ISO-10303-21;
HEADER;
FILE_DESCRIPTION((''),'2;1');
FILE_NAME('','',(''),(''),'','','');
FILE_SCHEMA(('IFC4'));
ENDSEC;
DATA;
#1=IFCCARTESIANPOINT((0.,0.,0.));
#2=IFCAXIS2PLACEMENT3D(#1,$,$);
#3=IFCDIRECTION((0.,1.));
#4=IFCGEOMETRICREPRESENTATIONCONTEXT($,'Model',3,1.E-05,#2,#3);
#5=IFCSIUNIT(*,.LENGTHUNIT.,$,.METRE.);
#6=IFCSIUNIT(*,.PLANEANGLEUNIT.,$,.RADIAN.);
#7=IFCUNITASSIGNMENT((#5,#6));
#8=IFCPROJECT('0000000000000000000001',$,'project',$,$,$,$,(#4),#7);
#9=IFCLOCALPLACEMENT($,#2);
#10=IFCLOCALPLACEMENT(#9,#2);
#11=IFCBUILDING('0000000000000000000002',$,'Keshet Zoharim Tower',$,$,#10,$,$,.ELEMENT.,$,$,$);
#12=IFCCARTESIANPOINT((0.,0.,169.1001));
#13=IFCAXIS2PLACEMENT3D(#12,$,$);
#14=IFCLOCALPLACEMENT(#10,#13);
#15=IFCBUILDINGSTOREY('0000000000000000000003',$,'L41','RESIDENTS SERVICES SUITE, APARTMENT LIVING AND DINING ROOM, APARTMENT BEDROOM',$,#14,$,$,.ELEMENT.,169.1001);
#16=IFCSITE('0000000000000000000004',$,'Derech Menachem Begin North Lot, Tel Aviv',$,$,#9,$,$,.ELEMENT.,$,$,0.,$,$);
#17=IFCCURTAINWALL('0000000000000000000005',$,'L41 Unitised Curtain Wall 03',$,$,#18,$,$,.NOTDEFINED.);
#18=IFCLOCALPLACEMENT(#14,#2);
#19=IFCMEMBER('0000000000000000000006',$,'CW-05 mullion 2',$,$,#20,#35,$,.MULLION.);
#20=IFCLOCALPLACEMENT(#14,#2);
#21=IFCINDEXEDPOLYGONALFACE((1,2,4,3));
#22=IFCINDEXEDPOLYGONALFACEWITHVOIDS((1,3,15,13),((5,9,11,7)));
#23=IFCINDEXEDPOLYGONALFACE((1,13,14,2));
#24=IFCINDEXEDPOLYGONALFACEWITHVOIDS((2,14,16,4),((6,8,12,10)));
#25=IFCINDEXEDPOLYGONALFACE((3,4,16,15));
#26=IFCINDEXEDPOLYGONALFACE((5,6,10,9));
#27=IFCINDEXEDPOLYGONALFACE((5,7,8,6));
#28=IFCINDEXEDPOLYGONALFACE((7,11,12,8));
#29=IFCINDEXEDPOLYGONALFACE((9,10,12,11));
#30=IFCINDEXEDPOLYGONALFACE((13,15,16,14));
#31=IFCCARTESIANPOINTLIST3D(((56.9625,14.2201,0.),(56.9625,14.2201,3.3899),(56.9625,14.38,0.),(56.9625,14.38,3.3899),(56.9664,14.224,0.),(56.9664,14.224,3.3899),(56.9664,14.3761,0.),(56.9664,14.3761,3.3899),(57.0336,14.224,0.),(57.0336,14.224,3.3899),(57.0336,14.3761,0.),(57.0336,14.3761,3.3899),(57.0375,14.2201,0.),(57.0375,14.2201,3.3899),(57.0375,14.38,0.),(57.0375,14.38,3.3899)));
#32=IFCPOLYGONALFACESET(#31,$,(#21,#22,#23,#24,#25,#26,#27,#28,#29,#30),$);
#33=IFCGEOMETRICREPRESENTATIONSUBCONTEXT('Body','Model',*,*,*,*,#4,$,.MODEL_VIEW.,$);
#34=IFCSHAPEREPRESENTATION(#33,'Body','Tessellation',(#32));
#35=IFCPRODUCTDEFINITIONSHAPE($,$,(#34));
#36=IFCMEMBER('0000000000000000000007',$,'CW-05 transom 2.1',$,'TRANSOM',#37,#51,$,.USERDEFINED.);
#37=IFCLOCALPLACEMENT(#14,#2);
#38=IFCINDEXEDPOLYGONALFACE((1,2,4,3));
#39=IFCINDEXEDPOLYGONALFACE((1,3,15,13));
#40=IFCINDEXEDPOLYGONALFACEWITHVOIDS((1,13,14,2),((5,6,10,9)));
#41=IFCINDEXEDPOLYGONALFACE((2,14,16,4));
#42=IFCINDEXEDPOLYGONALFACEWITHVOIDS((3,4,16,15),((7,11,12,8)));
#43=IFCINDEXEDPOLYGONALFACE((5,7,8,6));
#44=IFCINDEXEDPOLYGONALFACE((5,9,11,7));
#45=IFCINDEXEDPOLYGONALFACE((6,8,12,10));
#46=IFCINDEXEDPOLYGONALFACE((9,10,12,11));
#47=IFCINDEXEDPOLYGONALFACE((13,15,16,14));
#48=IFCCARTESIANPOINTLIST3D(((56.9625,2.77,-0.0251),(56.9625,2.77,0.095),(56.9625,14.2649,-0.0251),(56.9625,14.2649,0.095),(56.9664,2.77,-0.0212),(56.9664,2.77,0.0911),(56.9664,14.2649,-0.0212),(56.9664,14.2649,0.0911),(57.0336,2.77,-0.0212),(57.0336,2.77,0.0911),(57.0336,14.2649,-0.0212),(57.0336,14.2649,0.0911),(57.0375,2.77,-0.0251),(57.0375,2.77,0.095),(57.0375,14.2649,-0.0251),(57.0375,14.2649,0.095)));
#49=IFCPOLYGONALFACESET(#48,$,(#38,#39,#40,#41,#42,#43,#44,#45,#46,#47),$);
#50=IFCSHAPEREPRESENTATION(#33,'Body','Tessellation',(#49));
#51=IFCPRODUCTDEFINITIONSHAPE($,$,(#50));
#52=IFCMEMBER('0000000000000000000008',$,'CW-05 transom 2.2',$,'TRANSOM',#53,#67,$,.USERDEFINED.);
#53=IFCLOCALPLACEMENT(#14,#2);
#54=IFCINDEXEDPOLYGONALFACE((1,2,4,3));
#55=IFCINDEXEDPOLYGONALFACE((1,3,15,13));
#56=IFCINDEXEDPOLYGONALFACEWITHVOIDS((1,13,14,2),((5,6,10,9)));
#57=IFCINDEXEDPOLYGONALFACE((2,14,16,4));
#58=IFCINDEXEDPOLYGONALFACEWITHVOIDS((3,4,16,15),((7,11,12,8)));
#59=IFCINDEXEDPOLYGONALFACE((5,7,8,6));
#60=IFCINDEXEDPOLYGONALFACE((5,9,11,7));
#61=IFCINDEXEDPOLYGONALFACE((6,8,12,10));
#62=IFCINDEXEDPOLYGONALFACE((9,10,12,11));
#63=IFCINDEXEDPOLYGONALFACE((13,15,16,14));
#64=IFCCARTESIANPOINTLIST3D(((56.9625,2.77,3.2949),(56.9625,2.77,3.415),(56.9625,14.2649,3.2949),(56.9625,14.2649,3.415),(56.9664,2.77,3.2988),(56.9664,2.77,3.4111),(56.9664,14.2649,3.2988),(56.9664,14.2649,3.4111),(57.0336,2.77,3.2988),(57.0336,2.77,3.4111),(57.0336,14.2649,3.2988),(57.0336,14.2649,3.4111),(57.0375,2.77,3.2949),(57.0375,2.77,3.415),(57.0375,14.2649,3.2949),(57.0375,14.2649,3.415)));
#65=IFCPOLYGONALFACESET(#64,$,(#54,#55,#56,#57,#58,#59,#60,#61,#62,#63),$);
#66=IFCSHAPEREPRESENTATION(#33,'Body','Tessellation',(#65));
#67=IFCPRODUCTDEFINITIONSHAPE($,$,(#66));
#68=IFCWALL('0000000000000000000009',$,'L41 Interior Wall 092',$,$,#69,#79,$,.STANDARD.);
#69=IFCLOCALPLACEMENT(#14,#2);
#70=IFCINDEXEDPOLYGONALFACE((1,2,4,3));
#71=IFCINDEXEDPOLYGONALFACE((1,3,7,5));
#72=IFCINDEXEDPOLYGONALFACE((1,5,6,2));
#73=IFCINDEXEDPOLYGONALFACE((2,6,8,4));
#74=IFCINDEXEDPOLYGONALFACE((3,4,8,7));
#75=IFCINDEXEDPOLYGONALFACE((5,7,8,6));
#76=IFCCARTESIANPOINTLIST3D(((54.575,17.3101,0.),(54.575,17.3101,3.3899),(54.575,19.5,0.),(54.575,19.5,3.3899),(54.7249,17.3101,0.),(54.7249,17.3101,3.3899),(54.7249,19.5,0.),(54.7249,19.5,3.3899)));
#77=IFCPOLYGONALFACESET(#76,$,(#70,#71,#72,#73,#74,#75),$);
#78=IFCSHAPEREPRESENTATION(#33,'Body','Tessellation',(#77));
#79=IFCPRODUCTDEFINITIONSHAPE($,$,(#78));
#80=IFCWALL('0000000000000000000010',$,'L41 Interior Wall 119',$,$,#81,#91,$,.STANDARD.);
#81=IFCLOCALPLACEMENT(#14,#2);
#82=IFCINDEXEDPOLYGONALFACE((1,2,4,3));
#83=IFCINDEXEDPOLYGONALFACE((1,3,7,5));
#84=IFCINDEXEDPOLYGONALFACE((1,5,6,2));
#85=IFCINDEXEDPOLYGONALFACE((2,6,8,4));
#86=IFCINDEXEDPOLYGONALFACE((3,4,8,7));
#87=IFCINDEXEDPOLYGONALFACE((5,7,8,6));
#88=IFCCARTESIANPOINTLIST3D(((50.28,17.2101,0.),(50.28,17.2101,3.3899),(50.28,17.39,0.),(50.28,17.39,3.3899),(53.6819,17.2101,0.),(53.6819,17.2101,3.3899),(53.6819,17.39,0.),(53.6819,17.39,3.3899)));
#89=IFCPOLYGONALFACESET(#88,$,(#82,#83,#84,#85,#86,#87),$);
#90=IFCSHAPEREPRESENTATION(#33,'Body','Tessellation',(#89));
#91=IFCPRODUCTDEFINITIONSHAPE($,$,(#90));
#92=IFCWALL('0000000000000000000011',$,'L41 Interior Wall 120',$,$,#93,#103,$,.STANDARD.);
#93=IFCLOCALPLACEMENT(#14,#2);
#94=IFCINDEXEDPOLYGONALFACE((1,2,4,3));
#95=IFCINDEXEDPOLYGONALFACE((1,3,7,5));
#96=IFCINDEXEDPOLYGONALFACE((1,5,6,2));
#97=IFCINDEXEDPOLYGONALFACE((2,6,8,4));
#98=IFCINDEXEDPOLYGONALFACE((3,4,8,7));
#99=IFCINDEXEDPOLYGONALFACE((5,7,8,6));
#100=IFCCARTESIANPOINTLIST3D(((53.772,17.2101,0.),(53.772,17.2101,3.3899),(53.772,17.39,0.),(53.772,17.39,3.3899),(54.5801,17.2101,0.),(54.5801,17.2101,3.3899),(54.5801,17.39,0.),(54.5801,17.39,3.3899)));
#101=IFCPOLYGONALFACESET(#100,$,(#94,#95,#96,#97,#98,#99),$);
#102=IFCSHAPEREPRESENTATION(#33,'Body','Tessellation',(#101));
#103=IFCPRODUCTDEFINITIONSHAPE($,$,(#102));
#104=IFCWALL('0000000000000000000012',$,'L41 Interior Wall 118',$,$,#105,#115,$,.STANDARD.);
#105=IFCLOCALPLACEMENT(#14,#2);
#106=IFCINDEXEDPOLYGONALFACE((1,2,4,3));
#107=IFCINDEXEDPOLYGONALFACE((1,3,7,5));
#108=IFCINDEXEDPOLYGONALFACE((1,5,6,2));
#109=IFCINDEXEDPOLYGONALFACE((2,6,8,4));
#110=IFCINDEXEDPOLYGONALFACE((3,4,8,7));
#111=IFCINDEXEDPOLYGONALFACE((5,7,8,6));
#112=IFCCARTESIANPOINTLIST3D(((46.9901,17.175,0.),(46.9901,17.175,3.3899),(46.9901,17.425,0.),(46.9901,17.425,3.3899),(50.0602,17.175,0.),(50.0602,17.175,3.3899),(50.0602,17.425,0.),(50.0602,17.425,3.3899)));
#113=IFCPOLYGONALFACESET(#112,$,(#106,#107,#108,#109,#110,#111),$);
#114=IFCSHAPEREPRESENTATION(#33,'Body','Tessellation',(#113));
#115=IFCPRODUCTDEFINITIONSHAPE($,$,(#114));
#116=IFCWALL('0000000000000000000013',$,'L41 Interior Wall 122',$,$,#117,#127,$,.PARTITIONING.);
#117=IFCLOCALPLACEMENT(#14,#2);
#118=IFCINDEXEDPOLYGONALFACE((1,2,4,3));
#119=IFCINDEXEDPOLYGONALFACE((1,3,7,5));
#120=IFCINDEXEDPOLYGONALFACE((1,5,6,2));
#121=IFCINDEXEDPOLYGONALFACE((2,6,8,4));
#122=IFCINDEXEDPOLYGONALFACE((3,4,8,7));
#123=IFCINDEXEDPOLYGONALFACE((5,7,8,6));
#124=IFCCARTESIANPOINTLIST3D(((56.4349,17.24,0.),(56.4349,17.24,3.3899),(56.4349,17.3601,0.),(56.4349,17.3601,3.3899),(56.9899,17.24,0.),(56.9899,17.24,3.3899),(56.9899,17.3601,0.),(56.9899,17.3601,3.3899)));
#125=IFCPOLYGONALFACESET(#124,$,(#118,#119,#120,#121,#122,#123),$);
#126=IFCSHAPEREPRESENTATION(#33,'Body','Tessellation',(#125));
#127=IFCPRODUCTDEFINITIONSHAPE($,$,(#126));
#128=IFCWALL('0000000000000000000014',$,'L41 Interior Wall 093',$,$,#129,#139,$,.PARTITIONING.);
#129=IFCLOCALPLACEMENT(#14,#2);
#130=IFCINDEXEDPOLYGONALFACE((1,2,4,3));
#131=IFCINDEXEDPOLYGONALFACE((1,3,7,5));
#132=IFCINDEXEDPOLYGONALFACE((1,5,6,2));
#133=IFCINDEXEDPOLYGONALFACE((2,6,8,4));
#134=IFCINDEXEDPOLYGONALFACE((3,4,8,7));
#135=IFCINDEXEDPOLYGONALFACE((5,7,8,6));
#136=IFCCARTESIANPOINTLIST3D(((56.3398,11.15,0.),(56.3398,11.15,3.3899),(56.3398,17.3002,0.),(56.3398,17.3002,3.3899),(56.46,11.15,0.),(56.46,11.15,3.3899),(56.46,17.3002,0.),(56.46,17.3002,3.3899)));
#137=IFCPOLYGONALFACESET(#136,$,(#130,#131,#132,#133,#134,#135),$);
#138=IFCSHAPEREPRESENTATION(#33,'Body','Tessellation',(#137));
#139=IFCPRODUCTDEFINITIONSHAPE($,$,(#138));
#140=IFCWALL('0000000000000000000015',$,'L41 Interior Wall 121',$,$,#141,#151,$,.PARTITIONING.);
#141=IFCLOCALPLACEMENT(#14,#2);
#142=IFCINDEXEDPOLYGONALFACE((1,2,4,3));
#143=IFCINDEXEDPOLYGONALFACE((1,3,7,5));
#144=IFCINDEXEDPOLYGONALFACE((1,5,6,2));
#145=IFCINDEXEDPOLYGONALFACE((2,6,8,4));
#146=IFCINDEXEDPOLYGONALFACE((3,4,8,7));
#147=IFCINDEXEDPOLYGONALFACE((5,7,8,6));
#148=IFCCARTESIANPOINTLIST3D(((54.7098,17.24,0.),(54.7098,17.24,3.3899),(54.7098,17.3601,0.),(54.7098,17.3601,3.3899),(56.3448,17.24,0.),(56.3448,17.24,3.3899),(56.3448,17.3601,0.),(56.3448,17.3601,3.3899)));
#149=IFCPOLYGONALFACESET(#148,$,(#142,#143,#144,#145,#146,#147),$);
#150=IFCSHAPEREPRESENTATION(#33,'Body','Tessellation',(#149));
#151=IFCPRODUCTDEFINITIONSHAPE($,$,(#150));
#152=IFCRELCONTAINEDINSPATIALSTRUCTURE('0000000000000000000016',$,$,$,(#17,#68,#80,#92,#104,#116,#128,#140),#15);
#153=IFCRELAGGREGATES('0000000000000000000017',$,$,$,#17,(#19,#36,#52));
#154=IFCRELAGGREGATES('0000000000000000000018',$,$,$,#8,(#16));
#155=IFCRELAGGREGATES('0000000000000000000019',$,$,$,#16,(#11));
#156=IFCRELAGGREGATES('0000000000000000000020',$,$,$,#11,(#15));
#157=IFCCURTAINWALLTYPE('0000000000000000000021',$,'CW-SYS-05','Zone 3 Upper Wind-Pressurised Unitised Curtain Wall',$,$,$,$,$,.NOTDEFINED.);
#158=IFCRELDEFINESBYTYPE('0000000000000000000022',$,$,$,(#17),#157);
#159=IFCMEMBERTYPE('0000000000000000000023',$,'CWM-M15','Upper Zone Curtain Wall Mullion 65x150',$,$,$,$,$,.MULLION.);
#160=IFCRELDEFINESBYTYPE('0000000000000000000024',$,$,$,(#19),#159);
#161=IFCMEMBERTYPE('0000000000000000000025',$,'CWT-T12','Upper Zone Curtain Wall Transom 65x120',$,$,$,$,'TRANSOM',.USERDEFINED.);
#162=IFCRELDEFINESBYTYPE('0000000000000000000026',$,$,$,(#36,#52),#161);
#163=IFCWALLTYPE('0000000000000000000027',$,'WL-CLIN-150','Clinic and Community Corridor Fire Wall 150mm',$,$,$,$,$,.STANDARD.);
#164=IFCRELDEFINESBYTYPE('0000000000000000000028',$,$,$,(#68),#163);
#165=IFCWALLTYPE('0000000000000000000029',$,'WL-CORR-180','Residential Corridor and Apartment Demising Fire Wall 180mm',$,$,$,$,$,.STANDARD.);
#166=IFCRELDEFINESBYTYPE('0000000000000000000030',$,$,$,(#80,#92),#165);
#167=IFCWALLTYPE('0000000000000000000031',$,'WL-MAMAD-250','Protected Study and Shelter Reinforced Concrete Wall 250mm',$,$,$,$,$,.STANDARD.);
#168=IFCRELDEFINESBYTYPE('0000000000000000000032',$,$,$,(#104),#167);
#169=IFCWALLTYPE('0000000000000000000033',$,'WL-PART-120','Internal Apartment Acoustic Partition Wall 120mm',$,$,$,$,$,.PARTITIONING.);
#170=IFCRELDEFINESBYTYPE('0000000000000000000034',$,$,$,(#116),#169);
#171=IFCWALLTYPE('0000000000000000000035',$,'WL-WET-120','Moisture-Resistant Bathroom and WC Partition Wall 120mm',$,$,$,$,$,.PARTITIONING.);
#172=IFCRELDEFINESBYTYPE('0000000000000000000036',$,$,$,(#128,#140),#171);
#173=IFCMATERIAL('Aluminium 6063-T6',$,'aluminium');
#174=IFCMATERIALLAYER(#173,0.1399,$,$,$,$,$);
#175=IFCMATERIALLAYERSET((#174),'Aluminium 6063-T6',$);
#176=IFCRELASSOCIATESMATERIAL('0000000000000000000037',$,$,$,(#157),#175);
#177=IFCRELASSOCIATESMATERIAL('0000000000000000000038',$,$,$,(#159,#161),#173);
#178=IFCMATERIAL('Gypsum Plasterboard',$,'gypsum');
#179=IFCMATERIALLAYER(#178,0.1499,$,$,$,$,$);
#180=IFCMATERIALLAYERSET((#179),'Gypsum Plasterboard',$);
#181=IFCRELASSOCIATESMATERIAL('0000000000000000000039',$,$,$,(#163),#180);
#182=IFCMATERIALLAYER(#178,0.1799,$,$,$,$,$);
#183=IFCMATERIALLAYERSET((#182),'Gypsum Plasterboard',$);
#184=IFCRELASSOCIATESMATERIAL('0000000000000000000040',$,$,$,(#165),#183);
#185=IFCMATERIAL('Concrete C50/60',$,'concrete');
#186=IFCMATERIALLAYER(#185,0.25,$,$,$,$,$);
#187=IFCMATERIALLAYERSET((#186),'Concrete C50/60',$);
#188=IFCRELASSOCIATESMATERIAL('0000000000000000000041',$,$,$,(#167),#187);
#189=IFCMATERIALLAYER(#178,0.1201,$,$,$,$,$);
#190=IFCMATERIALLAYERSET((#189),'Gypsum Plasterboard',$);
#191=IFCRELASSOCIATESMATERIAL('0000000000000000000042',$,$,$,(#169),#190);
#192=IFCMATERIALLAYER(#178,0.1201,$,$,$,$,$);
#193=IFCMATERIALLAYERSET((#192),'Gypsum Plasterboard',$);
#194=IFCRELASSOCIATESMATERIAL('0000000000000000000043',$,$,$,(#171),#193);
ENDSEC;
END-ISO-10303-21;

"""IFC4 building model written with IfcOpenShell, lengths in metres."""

from ifc_helpers import new_model, si_unit, direction, frame, frame_2d, origin, origin_2d, place, context, subcontext, project, spatial, rectangle, hollow_rectangle, extrude, material, layer, layer_set, material_profile, profile_set, type_object, element, aggregate, save


model = new_model("IFC4")

# Units and contexts
model_context = context("Model", 3, precision=1e-05, world=origin(), true_north=direction((0.0, 1.0)))
body_context = subcontext(model_context, "Body", "Model", "MODEL_VIEW")
ifc_project = project(units=[si_unit("LENGTHUNIT", "METRE"), si_unit("PLANEANGLEUNIT", "RADIAN")], contexts=[model_context])

# Site, building, storey
site_placement = place(None, origin())
site = spatial("IfcSite", under=ifc_project, at=site_placement, Name="Derech Menachem Begin North Lot, Tel Aviv", CompositionType="ELEMENT", RefElevation=0.0)
building_placement = place(site_placement, origin())
building = spatial("IfcBuilding", under=site, at=building_placement, Name="Keshet Zoharim Tower", CompositionType="ELEMENT")
storey_placement = place(building_placement, frame((0.0, 0.0, 169.1001)))
storey = spatial("IfcBuildingStorey", under=building, at=storey_placement, Name="L41", Description="RESIDENTS SERVICES SUITE, APARTMENT LIVING AND DINING ROOM, APARTMENT BEDROOM", CompositionType="ELEMENT", Elevation=169.1001)

# Curtain wall, members
ifc_material_1 = material(Name="Aluminium 6063-T6", Category="aluminium")
ifc_layer_1 = layer(ifc_material_1, 0.1399)
ifc_layer_set_1 = layer_set([ifc_layer_1], Name="Aluminium 6063-T6")
curtain_wall_type = type_object("IfcCurtainWallType", Name="CW-SYS-05", Description="Zone 3 Upper Wind-Pressurised Unitised Curtain Wall", PredefinedType="NOTDEFINED", material=ifc_layer_set_1)
curtain_wall_placement = place(storey_placement, origin())
curtain_wall = element("IfcCurtainWall", 1, at=curtain_wall_placement, inside=storey, type_object=curtain_wall_type, Name="L41 Unitised Curtain Wall 03", PredefinedType="NOTDEFINED")
ifc_material_profile_1 = material_profile(ifc_material_1, hollow_rectangle(XDim=0.075, YDim=0.1599, WallThickness=0.0039, at=origin_2d()), Name="MUL-75x160")
ifc_profile_set_1 = profile_set([ifc_material_profile_1], Name="Aluminium 6063-T6")
member_type_1 = type_object("IfcMemberType", Name="CWM-M15", Description="Upper Zone Curtain Wall Mullion 65x150", PredefinedType="MULLION", material=ifc_profile_set_1)
member_1_placement = place(storey_placement, frame((57.0, 14.3, 0.0), z_axis=(0.0, 0.0, 1.0), x_axis=(1.0, 0.0, 0.0)))
member_1 = element("IfcMember", 2, at=member_1_placement, type_object=member_type_1, Name="CW-05 mullion 2", PredefinedType="MULLION", context=body_context, shape_type="SweptSolid", body=[
    extrude(hollow_rectangle(XDim=0.075, YDim=0.1599, WallThickness=0.0039, at=origin_2d()), origin(), (0.0, 0.0, 1.0), 3.3899),
])
ifc_material_profile_2 = material_profile(ifc_material_1, hollow_rectangle(XDim=0.075, YDim=0.1201, WallThickness=0.0039, at=origin_2d()), Name="TRN-75x120")
ifc_profile_set_2 = profile_set([ifc_material_profile_2], Name="Aluminium 6063-T6")
member_type_2 = type_object("IfcMemberType", Name="CWT-T12", Description="Upper Zone Curtain Wall Transom 65x120", ElementType="TRANSOM", PredefinedType="USERDEFINED", material=ifc_profile_set_2)
member_2_placement = place(storey_placement, frame((57.0, 14.2649, 0.0349), z_axis=(0.0, -1.0, 0.0), x_axis=(1.0, 0.0, 0.0)))
member_2 = element("IfcMember", 3, at=member_2_placement, type_object=member_type_2, Name="CW-05 transom 2.1", ObjectType="TRANSOM", PredefinedType="USERDEFINED", context=body_context, shape_type="SweptSolid", body=[
    extrude(hollow_rectangle(XDim=0.075, YDim=0.1201, WallThickness=0.0039, at=origin_2d()), origin(), (0.0, 0.0, 1.0), 11.4949),
])
member_3_placement = place(storey_placement, frame((57.0, 14.2649, 3.355), z_axis=(0.0, -1.0, 0.0), x_axis=(1.0, 0.0, 0.0)))
member_3 = element("IfcMember", 4, at=member_3_placement, type_object=member_type_2, Name="CW-05 transom 2.2", ObjectType="TRANSOM", PredefinedType="USERDEFINED", context=body_context, shape_type="SweptSolid", body=[
    extrude(hollow_rectangle(XDim=0.075, YDim=0.1201, WallThickness=0.0039, at=origin_2d()), origin(), (0.0, 0.0, 1.0), 11.4949),
])
aggregate(curtain_wall, [member_1, member_2, member_3])

# Walls
ifc_material_2 = material(Name="Gypsum Plasterboard", Category="gypsum")
ifc_layer_2 = layer(ifc_material_2, 0.1499)
ifc_layer_set_2 = layer_set([ifc_layer_2], Name="Gypsum Plasterboard")
wall_type_1 = type_object("IfcWallType", Name="WL-CLIN-150", Description="Clinic and Community Corridor Fire Wall 150mm", PredefinedType="STANDARD", material=ifc_layer_set_2)
wall_1_placement = place(storey_placement, frame((54.6499, 17.3101, 0.0), z_axis=(0.0, 0.0, 1.0), x_axis=(0.0, 1.0, 0.0)))
element("IfcWall", 5, at=wall_1_placement, inside=storey, type_object=wall_type_1, Name="L41 Interior Wall 092", PredefinedType="STANDARD", context=body_context, shape_type="SweptSolid", body=[
    extrude(rectangle(XDim=2.1899, YDim=0.1499, at=frame_2d((1.095, 0.0))), origin(), (0.0, 0.0, 1.0), 3.3899),
])
ifc_layer_3 = layer(ifc_material_2, 0.1799)
ifc_layer_set_3 = layer_set([ifc_layer_3], Name="Gypsum Plasterboard")
wall_type_2 = type_object("IfcWallType", Name="WL-CORR-180", Description="Residential Corridor and Apartment Demising Fire Wall 180mm", PredefinedType="STANDARD", material=ifc_layer_set_3)
wall_2_placement = place(storey_placement, frame((50.28, 17.3, 0.0), z_axis=(0.0, 0.0, 1.0), x_axis=(1.0, 0.0, 0.0)))
element("IfcWall", 6, at=wall_2_placement, inside=storey, type_object=wall_type_2, Name="L41 Interior Wall 119", PredefinedType="STANDARD", context=body_context, shape_type="SweptSolid", body=[
    extrude(rectangle(XDim=3.4019, YDim=0.1799, at=frame_2d((1.7009, 0.0))), origin(), (0.0, 0.0, 1.0), 3.3899),
])
wall_3_placement = place(storey_placement, frame((53.772, 17.3, 0.0), z_axis=(0.0, 0.0, 1.0), x_axis=(1.0, 0.0, 0.0)))
element("IfcWall", 7, at=wall_3_placement, inside=storey, type_object=wall_type_2, Name="L41 Interior Wall 120", PredefinedType="STANDARD", context=body_context, shape_type="SweptSolid", body=[
    extrude(rectangle(XDim=0.8081, YDim=0.1799, at=frame_2d((0.4041, 0.0))), origin(), (0.0, 0.0, 1.0), 3.3899),
])
ifc_material_3 = material(Name="Concrete C50/60", Category="concrete")
ifc_layer_4 = layer(ifc_material_3, 0.25)
ifc_layer_set_4 = layer_set([ifc_layer_4], Name="Concrete C50/60")
wall_type_3 = type_object("IfcWallType", Name="WL-MAMAD-250", Description="Protected Study and Shelter Reinforced Concrete Wall 250mm", PredefinedType="STANDARD", material=ifc_layer_set_4)
wall_4_placement = place(storey_placement, frame((46.99, 17.3, 0.0), z_axis=(0.0, 0.0, 1.0), x_axis=(1.0, 0.0, 0.0)))
element("IfcWall", 8, at=wall_4_placement, inside=storey, type_object=wall_type_3, Name="L41 Interior Wall 118", PredefinedType="STANDARD", context=body_context, shape_type="SweptSolid", body=[
    extrude(rectangle(XDim=3.0701, YDim=0.25, at=frame_2d((1.5352, 0.0))), origin(), (0.0, 0.0, 1.0), 3.3899),
])
ifc_layer_5 = layer(ifc_material_2, 0.1201)
ifc_layer_set_5 = layer_set([ifc_layer_5], Name="Gypsum Plasterboard")
wall_type_4 = type_object("IfcWallType", Name="WL-PART-120", Description="Internal Apartment Acoustic Partition Wall 120mm", PredefinedType="PARTITIONING", material=ifc_layer_set_5)
wall_5_placement = place(storey_placement, frame((56.4351, 17.3, 0.0), z_axis=(0.0, 0.0, 1.0), x_axis=(1.0, 0.0, 0.0)))
element("IfcWall", 9, at=wall_5_placement, inside=storey, type_object=wall_type_4, Name="L41 Interior Wall 122", PredefinedType="PARTITIONING", context=body_context, shape_type="SweptSolid", body=[
    extrude(rectangle(XDim=0.5549, YDim=0.1201, at=frame_2d((0.2773, 0.0))), origin(), (0.0, 0.0, 1.0), 3.3899),
])
ifc_layer_6 = layer(ifc_material_2, 0.1201)
ifc_layer_set_6 = layer_set([ifc_layer_6], Name="Gypsum Plasterboard")
wall_type_5 = type_object("IfcWallType", Name="WL-WET-120", Description="Moisture-Resistant Bathroom and WC Partition Wall 120mm", PredefinedType="PARTITIONING", material=ifc_layer_set_6)
wall_6_placement = place(storey_placement, frame((56.3999, 11.1499, 0.0), z_axis=(0.0, 0.0, 1.0), x_axis=(0.0, 1.0, 0.0)))
element("IfcWall", 10, at=wall_6_placement, inside=storey, type_object=wall_type_5, Name="L41 Interior Wall 093", PredefinedType="PARTITIONING", context=body_context, shape_type="SweptSolid", body=[
    extrude(rectangle(XDim=6.1501, YDim=0.1201, at=frame_2d((3.0752, 0.0))), origin(), (0.0, 0.0, 1.0), 3.3899),
])
wall_7_placement = place(storey_placement, frame((54.71, 17.3, 0.0), z_axis=(0.0, 0.0, 1.0), x_axis=(1.0, 0.0, 0.0)))
element("IfcWall", 11, at=wall_7_placement, inside=storey, type_object=wall_type_5, Name="L41 Interior Wall 121", PredefinedType="PARTITIONING", context=body_context, shape_type="SweptSolid", body=[
    extrude(rectangle(XDim=1.635, YDim=0.1201, at=frame_2d((0.8174, 0.0))), origin(), (0.0, 0.0, 1.0), 3.3899),
])

save(model, "model.ifc")
